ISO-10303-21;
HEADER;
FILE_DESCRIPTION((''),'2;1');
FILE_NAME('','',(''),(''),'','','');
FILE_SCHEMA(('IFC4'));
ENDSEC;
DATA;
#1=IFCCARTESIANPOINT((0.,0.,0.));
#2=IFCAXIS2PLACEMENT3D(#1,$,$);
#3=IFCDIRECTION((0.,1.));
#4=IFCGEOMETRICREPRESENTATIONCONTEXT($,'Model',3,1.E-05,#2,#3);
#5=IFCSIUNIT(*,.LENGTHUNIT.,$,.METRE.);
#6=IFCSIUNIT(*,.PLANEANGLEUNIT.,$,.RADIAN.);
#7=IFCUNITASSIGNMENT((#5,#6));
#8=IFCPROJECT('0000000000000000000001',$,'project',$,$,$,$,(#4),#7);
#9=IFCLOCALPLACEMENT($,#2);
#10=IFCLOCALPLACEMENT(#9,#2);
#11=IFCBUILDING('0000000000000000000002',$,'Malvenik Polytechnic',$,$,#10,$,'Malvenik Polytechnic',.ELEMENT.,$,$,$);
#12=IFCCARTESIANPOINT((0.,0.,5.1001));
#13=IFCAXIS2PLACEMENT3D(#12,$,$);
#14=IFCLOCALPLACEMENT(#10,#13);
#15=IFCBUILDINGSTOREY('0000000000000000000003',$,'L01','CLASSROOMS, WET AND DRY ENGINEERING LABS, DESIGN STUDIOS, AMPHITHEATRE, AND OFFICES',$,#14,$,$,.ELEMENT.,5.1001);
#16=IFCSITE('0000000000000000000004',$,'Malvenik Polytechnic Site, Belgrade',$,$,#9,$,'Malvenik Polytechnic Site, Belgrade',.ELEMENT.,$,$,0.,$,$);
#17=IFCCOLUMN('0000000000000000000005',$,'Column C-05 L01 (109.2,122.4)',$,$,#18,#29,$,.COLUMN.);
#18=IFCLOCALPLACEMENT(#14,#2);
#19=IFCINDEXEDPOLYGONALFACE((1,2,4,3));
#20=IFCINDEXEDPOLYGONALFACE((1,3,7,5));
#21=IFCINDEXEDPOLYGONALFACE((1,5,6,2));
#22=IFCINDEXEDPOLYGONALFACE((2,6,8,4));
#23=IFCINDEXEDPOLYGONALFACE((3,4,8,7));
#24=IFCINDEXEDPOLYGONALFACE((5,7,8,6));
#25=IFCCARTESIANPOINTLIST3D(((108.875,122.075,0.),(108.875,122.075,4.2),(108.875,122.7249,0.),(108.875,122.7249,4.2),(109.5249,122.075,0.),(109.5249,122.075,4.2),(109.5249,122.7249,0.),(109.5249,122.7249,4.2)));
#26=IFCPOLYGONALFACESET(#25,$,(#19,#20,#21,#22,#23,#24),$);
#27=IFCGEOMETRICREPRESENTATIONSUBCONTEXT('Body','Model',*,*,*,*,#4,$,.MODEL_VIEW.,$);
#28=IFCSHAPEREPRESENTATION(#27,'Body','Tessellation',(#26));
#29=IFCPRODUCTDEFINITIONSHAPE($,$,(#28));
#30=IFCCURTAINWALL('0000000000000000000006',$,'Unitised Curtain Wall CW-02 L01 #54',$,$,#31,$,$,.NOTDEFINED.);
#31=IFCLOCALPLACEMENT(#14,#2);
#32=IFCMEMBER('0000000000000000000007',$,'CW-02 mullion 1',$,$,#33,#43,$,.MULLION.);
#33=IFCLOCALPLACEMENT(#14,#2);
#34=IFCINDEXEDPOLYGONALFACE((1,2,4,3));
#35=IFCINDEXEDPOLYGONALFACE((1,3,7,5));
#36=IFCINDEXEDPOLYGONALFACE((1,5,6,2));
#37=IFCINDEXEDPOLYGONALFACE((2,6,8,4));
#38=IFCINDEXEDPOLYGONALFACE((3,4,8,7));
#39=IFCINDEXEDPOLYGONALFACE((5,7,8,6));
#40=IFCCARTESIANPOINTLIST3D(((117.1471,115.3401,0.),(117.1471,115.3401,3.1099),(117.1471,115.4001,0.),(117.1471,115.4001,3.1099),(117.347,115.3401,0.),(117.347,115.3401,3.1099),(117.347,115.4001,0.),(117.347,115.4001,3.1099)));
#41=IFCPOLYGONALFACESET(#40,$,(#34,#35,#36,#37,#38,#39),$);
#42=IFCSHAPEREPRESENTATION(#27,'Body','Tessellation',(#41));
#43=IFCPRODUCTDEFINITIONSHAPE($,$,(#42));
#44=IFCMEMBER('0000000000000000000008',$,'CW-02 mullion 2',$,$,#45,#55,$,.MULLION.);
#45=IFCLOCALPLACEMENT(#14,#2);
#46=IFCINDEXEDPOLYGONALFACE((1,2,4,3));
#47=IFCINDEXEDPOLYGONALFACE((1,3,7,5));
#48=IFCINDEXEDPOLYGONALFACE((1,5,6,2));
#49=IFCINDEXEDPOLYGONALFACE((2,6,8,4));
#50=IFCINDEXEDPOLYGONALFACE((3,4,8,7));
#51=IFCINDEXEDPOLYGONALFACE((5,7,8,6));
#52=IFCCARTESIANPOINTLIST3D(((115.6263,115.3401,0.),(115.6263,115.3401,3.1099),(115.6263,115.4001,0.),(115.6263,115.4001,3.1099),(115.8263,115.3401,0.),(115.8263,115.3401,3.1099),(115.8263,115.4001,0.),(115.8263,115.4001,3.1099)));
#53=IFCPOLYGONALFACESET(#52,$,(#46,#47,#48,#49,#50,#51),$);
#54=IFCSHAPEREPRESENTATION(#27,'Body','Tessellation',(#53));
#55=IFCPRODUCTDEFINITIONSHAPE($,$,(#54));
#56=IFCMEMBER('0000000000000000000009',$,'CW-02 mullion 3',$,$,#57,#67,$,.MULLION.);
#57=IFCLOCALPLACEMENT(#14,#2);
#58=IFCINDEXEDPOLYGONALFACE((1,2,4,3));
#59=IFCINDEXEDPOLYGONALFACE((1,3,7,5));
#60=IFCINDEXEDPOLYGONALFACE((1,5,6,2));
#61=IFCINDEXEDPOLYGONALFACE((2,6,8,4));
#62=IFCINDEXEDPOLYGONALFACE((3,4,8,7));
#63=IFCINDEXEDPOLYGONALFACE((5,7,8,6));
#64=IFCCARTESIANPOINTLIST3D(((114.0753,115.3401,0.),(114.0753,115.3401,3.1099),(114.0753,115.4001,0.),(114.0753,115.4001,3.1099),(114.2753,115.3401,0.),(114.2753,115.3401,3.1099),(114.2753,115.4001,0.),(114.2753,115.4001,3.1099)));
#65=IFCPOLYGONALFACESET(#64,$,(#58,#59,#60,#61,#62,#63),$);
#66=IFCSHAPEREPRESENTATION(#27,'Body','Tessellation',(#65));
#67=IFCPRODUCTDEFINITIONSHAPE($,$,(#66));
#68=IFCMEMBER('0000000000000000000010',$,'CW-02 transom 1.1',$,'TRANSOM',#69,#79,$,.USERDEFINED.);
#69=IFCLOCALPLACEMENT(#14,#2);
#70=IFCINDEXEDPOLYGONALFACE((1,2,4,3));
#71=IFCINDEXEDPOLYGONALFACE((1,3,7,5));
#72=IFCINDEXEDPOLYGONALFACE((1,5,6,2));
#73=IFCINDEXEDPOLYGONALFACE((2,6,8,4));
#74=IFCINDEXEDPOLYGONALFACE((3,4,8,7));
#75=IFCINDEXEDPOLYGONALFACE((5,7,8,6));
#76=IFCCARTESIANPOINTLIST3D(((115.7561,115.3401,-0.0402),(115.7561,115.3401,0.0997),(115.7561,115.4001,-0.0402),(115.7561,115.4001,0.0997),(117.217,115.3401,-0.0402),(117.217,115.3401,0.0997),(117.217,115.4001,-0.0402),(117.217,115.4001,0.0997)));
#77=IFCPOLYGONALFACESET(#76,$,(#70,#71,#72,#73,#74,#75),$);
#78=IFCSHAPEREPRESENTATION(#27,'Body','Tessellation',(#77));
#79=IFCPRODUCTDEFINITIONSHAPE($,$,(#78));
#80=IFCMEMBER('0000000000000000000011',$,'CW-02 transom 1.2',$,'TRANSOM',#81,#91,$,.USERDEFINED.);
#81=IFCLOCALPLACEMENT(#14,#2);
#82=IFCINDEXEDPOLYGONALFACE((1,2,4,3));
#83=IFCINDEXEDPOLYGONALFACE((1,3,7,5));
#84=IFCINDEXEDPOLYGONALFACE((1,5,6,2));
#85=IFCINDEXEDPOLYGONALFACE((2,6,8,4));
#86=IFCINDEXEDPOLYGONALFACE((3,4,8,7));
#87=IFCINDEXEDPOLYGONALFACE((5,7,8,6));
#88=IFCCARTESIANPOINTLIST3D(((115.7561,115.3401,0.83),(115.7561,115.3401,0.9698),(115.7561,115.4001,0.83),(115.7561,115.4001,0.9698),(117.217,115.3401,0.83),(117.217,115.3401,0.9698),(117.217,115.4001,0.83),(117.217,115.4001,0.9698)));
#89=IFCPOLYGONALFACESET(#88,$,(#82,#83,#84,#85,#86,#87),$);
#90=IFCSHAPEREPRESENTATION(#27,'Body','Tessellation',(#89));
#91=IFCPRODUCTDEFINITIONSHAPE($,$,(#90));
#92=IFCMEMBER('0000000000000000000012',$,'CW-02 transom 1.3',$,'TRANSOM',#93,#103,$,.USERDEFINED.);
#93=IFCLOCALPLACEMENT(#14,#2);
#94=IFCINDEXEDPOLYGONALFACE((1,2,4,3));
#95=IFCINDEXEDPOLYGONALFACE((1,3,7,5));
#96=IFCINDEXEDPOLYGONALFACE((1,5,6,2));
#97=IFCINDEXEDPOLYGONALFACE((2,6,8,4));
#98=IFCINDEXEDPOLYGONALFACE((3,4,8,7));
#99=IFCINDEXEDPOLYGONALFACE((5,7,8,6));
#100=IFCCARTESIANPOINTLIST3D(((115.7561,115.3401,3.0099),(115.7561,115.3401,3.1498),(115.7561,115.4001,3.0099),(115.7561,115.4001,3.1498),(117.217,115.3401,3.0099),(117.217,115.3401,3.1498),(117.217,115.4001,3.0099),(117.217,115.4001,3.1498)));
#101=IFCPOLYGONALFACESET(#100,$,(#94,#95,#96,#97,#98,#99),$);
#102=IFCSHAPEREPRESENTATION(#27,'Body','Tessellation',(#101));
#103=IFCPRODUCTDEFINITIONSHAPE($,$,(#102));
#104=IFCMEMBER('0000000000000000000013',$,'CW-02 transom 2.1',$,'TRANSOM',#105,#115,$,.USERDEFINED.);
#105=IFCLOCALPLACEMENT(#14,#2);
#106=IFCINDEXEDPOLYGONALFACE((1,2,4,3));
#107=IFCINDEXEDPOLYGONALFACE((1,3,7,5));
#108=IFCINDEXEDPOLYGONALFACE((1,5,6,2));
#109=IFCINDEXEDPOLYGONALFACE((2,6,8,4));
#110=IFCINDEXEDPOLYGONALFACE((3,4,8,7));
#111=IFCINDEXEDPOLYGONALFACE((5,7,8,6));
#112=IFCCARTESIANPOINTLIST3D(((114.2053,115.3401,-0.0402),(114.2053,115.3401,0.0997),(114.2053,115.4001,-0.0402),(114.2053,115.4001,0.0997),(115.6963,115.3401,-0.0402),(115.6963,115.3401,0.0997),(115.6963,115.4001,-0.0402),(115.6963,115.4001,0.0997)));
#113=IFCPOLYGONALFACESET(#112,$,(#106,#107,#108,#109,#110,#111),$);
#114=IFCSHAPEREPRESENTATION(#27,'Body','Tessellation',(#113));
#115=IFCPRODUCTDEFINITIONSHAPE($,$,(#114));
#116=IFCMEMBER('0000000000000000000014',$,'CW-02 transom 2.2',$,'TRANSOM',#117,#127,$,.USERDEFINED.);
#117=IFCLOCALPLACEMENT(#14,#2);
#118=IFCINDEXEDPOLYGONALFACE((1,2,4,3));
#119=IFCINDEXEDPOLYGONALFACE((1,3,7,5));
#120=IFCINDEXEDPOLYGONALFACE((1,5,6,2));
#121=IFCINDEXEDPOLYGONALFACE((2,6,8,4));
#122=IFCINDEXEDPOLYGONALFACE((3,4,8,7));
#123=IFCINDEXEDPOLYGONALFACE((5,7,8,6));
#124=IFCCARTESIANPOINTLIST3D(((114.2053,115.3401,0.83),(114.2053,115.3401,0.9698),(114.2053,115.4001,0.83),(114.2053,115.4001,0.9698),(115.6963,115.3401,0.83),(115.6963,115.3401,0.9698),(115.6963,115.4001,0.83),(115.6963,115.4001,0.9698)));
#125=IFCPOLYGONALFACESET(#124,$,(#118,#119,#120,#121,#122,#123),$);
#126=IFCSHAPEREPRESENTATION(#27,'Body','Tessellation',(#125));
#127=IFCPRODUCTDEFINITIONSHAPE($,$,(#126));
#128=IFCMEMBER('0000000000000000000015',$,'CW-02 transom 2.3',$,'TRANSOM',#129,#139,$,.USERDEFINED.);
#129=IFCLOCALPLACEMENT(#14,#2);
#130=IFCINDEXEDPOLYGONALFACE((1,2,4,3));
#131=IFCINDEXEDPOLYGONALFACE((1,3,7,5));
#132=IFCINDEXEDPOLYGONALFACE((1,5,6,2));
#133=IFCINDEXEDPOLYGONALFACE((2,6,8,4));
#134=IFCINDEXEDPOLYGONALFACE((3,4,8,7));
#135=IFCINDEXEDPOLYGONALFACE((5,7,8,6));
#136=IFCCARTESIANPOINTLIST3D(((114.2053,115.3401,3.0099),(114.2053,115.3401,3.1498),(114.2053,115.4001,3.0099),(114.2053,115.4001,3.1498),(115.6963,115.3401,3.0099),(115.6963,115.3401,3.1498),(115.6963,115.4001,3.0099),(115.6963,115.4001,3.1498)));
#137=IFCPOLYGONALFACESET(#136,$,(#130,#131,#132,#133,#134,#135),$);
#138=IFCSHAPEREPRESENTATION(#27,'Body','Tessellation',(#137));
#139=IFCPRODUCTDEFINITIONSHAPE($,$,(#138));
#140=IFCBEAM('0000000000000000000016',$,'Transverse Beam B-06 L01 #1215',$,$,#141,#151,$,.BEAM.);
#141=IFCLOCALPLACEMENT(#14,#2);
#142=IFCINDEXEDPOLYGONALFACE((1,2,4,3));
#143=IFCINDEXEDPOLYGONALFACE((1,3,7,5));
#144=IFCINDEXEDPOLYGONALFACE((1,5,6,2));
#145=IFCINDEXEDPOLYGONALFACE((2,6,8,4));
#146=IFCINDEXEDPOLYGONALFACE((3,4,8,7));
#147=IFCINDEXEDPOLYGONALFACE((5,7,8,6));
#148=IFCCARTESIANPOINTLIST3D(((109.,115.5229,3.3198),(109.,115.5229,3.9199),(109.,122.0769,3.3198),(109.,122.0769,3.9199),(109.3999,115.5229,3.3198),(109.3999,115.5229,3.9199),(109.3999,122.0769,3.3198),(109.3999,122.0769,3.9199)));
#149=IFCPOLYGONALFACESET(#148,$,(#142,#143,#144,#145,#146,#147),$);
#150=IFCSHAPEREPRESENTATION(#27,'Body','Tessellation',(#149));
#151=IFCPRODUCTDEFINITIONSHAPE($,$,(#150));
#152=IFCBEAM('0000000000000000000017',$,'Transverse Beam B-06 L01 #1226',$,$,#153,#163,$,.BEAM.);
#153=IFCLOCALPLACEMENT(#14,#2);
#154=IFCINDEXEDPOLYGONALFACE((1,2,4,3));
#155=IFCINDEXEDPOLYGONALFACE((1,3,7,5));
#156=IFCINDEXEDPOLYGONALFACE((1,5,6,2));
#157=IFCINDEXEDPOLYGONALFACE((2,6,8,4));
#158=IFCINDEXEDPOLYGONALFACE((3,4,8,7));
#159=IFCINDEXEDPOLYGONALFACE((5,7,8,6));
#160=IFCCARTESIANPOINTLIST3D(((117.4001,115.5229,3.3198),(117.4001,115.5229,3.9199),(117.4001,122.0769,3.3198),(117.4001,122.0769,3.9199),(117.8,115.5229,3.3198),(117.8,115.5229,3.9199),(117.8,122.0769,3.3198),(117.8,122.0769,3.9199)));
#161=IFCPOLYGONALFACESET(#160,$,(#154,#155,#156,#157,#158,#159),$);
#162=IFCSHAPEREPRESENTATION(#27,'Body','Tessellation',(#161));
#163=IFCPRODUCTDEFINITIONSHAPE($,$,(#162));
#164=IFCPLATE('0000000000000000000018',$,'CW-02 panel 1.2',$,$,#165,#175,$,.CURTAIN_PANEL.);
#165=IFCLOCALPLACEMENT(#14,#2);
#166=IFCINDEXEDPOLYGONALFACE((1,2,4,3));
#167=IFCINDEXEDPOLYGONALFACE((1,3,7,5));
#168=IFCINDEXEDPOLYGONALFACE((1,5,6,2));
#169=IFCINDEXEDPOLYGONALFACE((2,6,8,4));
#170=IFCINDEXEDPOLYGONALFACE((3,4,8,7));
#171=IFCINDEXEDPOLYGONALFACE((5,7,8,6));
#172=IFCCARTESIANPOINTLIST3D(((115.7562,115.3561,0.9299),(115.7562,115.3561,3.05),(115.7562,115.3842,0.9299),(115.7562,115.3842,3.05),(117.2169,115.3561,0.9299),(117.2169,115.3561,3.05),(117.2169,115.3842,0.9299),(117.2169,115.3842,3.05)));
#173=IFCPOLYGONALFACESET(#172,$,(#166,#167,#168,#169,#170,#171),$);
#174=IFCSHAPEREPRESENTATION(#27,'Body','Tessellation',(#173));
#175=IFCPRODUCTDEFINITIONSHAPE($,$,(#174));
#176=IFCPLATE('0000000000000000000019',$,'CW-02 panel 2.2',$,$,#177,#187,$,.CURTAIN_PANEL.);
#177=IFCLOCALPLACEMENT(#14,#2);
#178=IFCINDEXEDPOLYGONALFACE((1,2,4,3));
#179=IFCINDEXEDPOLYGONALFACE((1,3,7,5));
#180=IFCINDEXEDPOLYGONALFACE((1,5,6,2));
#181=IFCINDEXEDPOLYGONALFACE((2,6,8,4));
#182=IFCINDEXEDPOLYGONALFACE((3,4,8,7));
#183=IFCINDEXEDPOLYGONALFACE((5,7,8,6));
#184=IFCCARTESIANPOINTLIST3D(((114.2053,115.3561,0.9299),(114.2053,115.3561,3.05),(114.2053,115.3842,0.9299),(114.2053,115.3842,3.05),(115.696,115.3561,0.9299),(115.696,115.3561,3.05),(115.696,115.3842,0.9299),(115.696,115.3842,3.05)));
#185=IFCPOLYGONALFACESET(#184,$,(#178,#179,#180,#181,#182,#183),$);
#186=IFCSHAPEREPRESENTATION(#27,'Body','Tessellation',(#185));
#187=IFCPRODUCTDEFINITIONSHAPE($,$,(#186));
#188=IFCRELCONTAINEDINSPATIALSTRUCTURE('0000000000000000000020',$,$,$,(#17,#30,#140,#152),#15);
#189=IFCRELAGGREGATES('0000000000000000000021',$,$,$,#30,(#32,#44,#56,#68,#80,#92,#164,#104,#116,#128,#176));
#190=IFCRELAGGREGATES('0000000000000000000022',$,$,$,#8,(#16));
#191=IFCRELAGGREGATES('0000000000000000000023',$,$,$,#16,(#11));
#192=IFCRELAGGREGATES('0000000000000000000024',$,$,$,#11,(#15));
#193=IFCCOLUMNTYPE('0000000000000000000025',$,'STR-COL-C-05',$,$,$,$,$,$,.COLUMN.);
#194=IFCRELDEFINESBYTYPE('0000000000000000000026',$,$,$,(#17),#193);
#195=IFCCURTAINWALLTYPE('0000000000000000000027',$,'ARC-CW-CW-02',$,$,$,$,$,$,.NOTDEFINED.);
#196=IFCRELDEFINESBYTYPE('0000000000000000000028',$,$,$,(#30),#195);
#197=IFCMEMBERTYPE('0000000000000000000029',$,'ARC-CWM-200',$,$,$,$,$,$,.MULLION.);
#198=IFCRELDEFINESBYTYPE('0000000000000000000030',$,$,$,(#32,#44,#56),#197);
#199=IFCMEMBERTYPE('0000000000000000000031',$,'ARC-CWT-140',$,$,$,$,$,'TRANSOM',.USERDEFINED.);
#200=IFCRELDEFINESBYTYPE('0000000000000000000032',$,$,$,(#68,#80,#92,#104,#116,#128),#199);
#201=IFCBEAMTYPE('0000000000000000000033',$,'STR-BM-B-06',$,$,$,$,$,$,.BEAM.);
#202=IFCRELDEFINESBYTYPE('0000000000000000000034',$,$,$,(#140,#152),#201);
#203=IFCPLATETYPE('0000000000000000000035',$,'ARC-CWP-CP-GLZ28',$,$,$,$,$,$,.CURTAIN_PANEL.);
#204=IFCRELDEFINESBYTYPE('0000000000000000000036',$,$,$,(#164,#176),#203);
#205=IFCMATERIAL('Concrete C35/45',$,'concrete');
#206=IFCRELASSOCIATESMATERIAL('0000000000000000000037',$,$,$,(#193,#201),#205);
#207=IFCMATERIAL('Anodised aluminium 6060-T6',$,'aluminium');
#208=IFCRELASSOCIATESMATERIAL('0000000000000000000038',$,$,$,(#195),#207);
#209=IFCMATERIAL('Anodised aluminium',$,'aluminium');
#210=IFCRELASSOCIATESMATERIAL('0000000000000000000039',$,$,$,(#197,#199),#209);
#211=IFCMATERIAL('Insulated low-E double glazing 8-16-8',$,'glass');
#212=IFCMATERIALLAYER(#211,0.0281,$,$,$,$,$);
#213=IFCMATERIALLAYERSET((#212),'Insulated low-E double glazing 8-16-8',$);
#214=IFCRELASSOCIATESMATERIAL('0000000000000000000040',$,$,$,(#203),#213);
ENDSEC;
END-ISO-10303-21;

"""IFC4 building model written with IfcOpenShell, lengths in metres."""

from ifc_helpers import new_model, si_unit, direction, frame, origin, origin_2d, place, context, subcontext, project, spatial, rectangle, extrude, material, layer, layer_set, material_profile, profile_set, type_object, element, aggregate, save


model = new_model("IFC4")

# Units and contexts
model_context = context("Model", 3, precision=1e-05, world=origin(), true_north=direction((0.0, 1.0)))
body_context = subcontext(model_context, "Body", "Model", "MODEL_VIEW")
ifc_project = project(units=[si_unit("LENGTHUNIT", "METRE"), si_unit("PLANEANGLEUNIT", "RADIAN")], contexts=[model_context])

# Site, building, storey
site_placement = place(None, origin())
site = spatial("IfcSite", under=ifc_project, at=site_placement, Name="Malvenik Polytechnic Site, Belgrade", LongName="Malvenik Polytechnic Site, Belgrade", CompositionType="ELEMENT", RefElevation=0.0)
building_placement = place(site_placement, origin())
building = spatial("IfcBuilding", under=site, at=building_placement, Name="Malvenik Polytechnic", LongName="Malvenik Polytechnic", CompositionType="ELEMENT")
storey_placement = place(building_placement, frame((0.0, 0.0, 5.1001)))
storey = spatial("IfcBuildingStorey", under=building, at=storey_placement, Name="L01", Description="CLASSROOMS, WET AND DRY ENGINEERING LABS, DESIGN STUDIOS, AMPHITHEATRE, AND OFFICES", CompositionType="ELEMENT", Elevation=5.1001)

# Column
ifc_material_1 = material(Name="Concrete C35/45", Category="concrete")
ifc_material_profile_1 = material_profile(ifc_material_1, rectangle(XDim=0.6499, YDim=0.6499, at=origin_2d()), Name="RC COL 650x650")
ifc_profile_set_1 = profile_set([ifc_material_profile_1], Name="Concrete C35/45")
column_type = type_object("IfcColumnType", Name="STR-COL-C-05", PredefinedType="COLUMN", material=ifc_profile_set_1)
column_placement = place(storey_placement, frame((109.2, 122.3999, 0.0), z_axis=(0.0, 0.0, 1.0), x_axis=(1.0, 0.0, 0.0)))
element("IfcColumn", 1, at=column_placement, inside=storey, type_object=column_type, Name="Column C-05 L01 (109.2,122.4)", PredefinedType="COLUMN", context=body_context, shape_type="SweptSolid", body=[
    extrude(rectangle(XDim=0.6499, YDim=0.6499, at=origin_2d()), origin(), (0.0, 0.0, 1.0), 4.2),
])

# Curtain wall, members
ifc_material_2 = material(Name="Anodised aluminium 6060-T6", Category="aluminium")
curtain_wall_type = type_object("IfcCurtainWallType", Name="ARC-CW-CW-02", PredefinedType="NOTDEFINED", material=ifc_material_2)
curtain_wall_placement = place(storey_placement, origin())
curtain_wall = element("IfcCurtainWall", 2, at=curtain_wall_placement, inside=storey, type_object=curtain_wall_type, Name="Unitised Curtain Wall CW-02 L01 #54", PredefinedType="NOTDEFINED")
ifc_material_3 = material(Name="Anodised aluminium", Category="aluminium")
ifc_material_profile_2 = material_profile(ifc_material_3, rectangle(XDim=0.0601, YDim=0.2, at=origin_2d()), Name="ALU MULLION 60x200")
ifc_profile_set_2 = profile_set([ifc_material_profile_2], Name="Anodised aluminium")
member_type_1 = type_object("IfcMemberType", Name="ARC-CWM-200", PredefinedType="MULLION", material=ifc_profile_set_2)
member_1_placement = place(storey_placement, frame((117.2471, 115.3701, 0.0), z_axis=(0.0, 0.0, 1.0), x_axis=(0.0, -1.0, 0.0)))
member_1 = element("IfcMember", 3, at=member_1_placement, type_object=member_type_1, Name="CW-02 mullion 1", PredefinedType="MULLION", context=body_context, shape_type="SweptSolid", body=[
    extrude(rectangle(XDim=0.0601, YDim=0.2, at=origin_2d()), origin(), (0.0, 0.0, 1.0), 3.1099),
])
member_2_placement = place(storey_placement, frame((115.7263, 115.3701, 0.0), z_axis=(0.0, 0.0, 1.0), x_axis=(0.0, -1.0, 0.0)))
member_2 = element("IfcMember", 4, at=member_2_placement, type_object=member_type_1, Name="CW-02 mullion 2", PredefinedType="MULLION", context=body_context, shape_type="SweptSolid", body=[
    extrude(rectangle(XDim=0.0601, YDim=0.2, at=origin_2d()), origin(), (0.0, 0.0, 1.0), 3.1099),
])
member_3_placement = place(storey_placement, frame((114.1753, 115.3701, 0.0), z_axis=(0.0, 0.0, 1.0), x_axis=(0.0, -1.0, 0.0)))
member_3 = element("IfcMember", 5, at=member_3_placement, type_object=member_type_1, Name="CW-02 mullion 3", PredefinedType="MULLION", context=body_context, shape_type="SweptSolid", body=[
    extrude(rectangle(XDim=0.0601, YDim=0.2, at=origin_2d()), origin(), (0.0, 0.0, 1.0), 3.1099),
])
ifc_material_profile_3 = material_profile(ifc_material_3, rectangle(XDim=0.0601, YDim=0.1399, at=origin_2d()), Name="ALU TRANSOM 60x140")
ifc_profile_set_3 = profile_set([ifc_material_profile_3], Name="Anodised aluminium")
member_type_2 = type_object("IfcMemberType", Name="ARC-CWT-140", ElementType="TRANSOM", PredefinedType="USERDEFINED", material=ifc_profile_set_3)
member_4_placement = place(storey_placement, frame((117.217, 115.3701, 0.0298), z_axis=(-1.0, 0.0, 0.0), x_axis=(0.0, -1.0, 0.0)))
member_4 = element("IfcMember", 6, at=member_4_placement, type_object=member_type_2, Name="CW-02 transom 1.1", ObjectType="TRANSOM", PredefinedType="USERDEFINED", context=body_context, shape_type="SweptSolid", body=[
    extrude(rectangle(XDim=0.0601, YDim=0.1399, at=origin_2d()), origin(), (0.0, 0.0, 1.0), 1.4609),
])
member_5_placement = place(storey_placement, frame((117.217, 115.3701, 0.8999), z_axis=(-1.0, 0.0, 0.0), x_axis=(0.0, -1.0, 0.0)))
member_5 = element("IfcMember", 7, at=member_5_placement, type_object=member_type_2, Name="CW-02 transom 1.2", ObjectType="TRANSOM", PredefinedType="USERDEFINED", context=body_context, shape_type="SweptSolid", body=[
    extrude(rectangle(XDim=0.0601, YDim=0.1399, at=origin_2d()), origin(), (0.0, 0.0, 1.0), 1.4609),
])
member_6_placement = place(storey_placement, frame((117.217, 115.3701, 3.0798), z_axis=(-1.0, 0.0, 0.0), x_axis=(0.0, -1.0, 0.0)))
member_6 = element("IfcMember", 8, at=member_6_placement, type_object=member_type_2, Name="CW-02 transom 1.3", ObjectType="TRANSOM", PredefinedType="USERDEFINED", context=body_context, shape_type="SweptSolid", body=[
    extrude(rectangle(XDim=0.0601, YDim=0.1399, at=origin_2d()), origin(), (0.0, 0.0, 1.0), 1.4609),
])
member_7_placement = place(storey_placement, frame((115.6963, 115.3701, 0.0298), z_axis=(-1.0, 0.0, 0.0), x_axis=(0.0, -1.0, 0.0)))
member_7 = element("IfcMember", 9, at=member_7_placement, type_object=member_type_2, Name="CW-02 transom 2.1", ObjectType="TRANSOM", PredefinedType="USERDEFINED", context=body_context, shape_type="SweptSolid", body=[
    extrude(rectangle(XDim=0.0601, YDim=0.1399, at=origin_2d()), origin(), (0.0, 0.0, 1.0), 1.491),
])
member_8_placement = place(storey_placement, frame((115.6963, 115.3701, 0.8999), z_axis=(-1.0, 0.0, 0.0), x_axis=(0.0, -1.0, 0.0)))
member_8 = element("IfcMember", 10, at=member_8_placement, type_object=member_type_2, Name="CW-02 transom 2.2", ObjectType="TRANSOM", PredefinedType="USERDEFINED", context=body_context, shape_type="SweptSolid", body=[
    extrude(rectangle(XDim=0.0601, YDim=0.1399, at=origin_2d()), origin(), (0.0, 0.0, 1.0), 1.491),
])
member_9_placement = place(storey_placement, frame((115.6963, 115.3701, 3.0798), z_axis=(-1.0, 0.0, 0.0), x_axis=(0.0, -1.0, 0.0)))
member_9 = element("IfcMember", 11, at=member_9_placement, type_object=member_type_2, Name="CW-02 transom 2.3", ObjectType="TRANSOM", PredefinedType="USERDEFINED", context=body_context, shape_type="SweptSolid", body=[
    extrude(rectangle(XDim=0.0601, YDim=0.1399, at=origin_2d()), origin(), (0.0, 0.0, 1.0), 1.491),
])

# Beams
ifc_material_profile_4 = material_profile(ifc_material_1, rectangle(XDim=0.3999, YDim=0.6001, at=origin_2d()), Name="RC BM 400x600")
ifc_profile_set_4 = profile_set([ifc_material_profile_4], Name="Concrete C35/45")
beam_type = type_object("IfcBeamType", Name="STR-BM-B-06", PredefinedType="BEAM", material=ifc_profile_set_4)
for number, where, z_axis, x_axis, name in (
    (12, (109.2, 115.5229, 3.6199), (0.0, 1.0, 0.0), (-1.0, 0.0, 0.0), "Transverse Beam B-06 L01 #1215"),
    (13, (117.6001, 115.5229, 3.6199), (0.0, 1.0, 0.0), (-1.0, 0.0, 0.0), "Transverse Beam B-06 L01 #1226"),
):
    element("IfcBeam", number, at=place(storey_placement, frame(where, z_axis=z_axis, x_axis=x_axis)), inside=storey, type_object=beam_type, Name=name, PredefinedType="BEAM", context=body_context, shape_type="SweptSolid", body=[
        extrude(rectangle(XDim=0.3999, YDim=0.6001, at=origin_2d()), origin(), (0.0, 0.0, 1.0), 6.554),
    ])

# Plates
ifc_material_4 = material(Name="Insulated low-E double glazing 8-16-8", Category="glass")
ifc_layer_1 = layer(ifc_material_4, 0.0281)
ifc_layer_set_1 = layer_set([ifc_layer_1], Name="Insulated low-E double glazing 8-16-8")
plate_type_1 = type_object("IfcPlateType", Name="ARC-CWP-CP-GLZ28", PredefinedType="CURTAIN_PANEL", material=ifc_layer_set_1)
plate_1_placement = place(storey_placement, frame((116.4866, 115.3701, 0.9299), z_axis=(0.0, 0.0, 1.0), x_axis=(-1.0, 0.0, 0.0)))
plate_1 = element("IfcPlate", 14, at=plate_1_placement, type_object=plate_type_1, Name="CW-02 panel 1.2", PredefinedType="CURTAIN_PANEL", context=body_context, shape_type="SweptSolid", body=[
    extrude(rectangle(XDim=1.4607, YDim=0.0281, at=origin_2d()), origin(), (0.0, 0.0, 1.0), 2.1201),
])
plate_2_placement = place(storey_placement, frame((114.9507, 115.3701, 0.9299), z_axis=(0.0, 0.0, 1.0), x_axis=(-1.0, 0.0, 0.0)))
plate_2 = element("IfcPlate", 15, at=plate_2_placement, type_object=plate_type_1, Name="CW-02 panel 2.2", PredefinedType="CURTAIN_PANEL", context=body_context, shape_type="SweptSolid", body=[
    extrude(rectangle(XDim=1.4907, YDim=0.0281, at=origin_2d()), origin(), (0.0, 0.0, 1.0), 2.1201),
])
aggregate(curtain_wall, [member_1, member_2, member_3, member_4, member_5, member_6, plate_1, member_7, member_8, member_9, plate_2])

save(model, "model.ifc")
